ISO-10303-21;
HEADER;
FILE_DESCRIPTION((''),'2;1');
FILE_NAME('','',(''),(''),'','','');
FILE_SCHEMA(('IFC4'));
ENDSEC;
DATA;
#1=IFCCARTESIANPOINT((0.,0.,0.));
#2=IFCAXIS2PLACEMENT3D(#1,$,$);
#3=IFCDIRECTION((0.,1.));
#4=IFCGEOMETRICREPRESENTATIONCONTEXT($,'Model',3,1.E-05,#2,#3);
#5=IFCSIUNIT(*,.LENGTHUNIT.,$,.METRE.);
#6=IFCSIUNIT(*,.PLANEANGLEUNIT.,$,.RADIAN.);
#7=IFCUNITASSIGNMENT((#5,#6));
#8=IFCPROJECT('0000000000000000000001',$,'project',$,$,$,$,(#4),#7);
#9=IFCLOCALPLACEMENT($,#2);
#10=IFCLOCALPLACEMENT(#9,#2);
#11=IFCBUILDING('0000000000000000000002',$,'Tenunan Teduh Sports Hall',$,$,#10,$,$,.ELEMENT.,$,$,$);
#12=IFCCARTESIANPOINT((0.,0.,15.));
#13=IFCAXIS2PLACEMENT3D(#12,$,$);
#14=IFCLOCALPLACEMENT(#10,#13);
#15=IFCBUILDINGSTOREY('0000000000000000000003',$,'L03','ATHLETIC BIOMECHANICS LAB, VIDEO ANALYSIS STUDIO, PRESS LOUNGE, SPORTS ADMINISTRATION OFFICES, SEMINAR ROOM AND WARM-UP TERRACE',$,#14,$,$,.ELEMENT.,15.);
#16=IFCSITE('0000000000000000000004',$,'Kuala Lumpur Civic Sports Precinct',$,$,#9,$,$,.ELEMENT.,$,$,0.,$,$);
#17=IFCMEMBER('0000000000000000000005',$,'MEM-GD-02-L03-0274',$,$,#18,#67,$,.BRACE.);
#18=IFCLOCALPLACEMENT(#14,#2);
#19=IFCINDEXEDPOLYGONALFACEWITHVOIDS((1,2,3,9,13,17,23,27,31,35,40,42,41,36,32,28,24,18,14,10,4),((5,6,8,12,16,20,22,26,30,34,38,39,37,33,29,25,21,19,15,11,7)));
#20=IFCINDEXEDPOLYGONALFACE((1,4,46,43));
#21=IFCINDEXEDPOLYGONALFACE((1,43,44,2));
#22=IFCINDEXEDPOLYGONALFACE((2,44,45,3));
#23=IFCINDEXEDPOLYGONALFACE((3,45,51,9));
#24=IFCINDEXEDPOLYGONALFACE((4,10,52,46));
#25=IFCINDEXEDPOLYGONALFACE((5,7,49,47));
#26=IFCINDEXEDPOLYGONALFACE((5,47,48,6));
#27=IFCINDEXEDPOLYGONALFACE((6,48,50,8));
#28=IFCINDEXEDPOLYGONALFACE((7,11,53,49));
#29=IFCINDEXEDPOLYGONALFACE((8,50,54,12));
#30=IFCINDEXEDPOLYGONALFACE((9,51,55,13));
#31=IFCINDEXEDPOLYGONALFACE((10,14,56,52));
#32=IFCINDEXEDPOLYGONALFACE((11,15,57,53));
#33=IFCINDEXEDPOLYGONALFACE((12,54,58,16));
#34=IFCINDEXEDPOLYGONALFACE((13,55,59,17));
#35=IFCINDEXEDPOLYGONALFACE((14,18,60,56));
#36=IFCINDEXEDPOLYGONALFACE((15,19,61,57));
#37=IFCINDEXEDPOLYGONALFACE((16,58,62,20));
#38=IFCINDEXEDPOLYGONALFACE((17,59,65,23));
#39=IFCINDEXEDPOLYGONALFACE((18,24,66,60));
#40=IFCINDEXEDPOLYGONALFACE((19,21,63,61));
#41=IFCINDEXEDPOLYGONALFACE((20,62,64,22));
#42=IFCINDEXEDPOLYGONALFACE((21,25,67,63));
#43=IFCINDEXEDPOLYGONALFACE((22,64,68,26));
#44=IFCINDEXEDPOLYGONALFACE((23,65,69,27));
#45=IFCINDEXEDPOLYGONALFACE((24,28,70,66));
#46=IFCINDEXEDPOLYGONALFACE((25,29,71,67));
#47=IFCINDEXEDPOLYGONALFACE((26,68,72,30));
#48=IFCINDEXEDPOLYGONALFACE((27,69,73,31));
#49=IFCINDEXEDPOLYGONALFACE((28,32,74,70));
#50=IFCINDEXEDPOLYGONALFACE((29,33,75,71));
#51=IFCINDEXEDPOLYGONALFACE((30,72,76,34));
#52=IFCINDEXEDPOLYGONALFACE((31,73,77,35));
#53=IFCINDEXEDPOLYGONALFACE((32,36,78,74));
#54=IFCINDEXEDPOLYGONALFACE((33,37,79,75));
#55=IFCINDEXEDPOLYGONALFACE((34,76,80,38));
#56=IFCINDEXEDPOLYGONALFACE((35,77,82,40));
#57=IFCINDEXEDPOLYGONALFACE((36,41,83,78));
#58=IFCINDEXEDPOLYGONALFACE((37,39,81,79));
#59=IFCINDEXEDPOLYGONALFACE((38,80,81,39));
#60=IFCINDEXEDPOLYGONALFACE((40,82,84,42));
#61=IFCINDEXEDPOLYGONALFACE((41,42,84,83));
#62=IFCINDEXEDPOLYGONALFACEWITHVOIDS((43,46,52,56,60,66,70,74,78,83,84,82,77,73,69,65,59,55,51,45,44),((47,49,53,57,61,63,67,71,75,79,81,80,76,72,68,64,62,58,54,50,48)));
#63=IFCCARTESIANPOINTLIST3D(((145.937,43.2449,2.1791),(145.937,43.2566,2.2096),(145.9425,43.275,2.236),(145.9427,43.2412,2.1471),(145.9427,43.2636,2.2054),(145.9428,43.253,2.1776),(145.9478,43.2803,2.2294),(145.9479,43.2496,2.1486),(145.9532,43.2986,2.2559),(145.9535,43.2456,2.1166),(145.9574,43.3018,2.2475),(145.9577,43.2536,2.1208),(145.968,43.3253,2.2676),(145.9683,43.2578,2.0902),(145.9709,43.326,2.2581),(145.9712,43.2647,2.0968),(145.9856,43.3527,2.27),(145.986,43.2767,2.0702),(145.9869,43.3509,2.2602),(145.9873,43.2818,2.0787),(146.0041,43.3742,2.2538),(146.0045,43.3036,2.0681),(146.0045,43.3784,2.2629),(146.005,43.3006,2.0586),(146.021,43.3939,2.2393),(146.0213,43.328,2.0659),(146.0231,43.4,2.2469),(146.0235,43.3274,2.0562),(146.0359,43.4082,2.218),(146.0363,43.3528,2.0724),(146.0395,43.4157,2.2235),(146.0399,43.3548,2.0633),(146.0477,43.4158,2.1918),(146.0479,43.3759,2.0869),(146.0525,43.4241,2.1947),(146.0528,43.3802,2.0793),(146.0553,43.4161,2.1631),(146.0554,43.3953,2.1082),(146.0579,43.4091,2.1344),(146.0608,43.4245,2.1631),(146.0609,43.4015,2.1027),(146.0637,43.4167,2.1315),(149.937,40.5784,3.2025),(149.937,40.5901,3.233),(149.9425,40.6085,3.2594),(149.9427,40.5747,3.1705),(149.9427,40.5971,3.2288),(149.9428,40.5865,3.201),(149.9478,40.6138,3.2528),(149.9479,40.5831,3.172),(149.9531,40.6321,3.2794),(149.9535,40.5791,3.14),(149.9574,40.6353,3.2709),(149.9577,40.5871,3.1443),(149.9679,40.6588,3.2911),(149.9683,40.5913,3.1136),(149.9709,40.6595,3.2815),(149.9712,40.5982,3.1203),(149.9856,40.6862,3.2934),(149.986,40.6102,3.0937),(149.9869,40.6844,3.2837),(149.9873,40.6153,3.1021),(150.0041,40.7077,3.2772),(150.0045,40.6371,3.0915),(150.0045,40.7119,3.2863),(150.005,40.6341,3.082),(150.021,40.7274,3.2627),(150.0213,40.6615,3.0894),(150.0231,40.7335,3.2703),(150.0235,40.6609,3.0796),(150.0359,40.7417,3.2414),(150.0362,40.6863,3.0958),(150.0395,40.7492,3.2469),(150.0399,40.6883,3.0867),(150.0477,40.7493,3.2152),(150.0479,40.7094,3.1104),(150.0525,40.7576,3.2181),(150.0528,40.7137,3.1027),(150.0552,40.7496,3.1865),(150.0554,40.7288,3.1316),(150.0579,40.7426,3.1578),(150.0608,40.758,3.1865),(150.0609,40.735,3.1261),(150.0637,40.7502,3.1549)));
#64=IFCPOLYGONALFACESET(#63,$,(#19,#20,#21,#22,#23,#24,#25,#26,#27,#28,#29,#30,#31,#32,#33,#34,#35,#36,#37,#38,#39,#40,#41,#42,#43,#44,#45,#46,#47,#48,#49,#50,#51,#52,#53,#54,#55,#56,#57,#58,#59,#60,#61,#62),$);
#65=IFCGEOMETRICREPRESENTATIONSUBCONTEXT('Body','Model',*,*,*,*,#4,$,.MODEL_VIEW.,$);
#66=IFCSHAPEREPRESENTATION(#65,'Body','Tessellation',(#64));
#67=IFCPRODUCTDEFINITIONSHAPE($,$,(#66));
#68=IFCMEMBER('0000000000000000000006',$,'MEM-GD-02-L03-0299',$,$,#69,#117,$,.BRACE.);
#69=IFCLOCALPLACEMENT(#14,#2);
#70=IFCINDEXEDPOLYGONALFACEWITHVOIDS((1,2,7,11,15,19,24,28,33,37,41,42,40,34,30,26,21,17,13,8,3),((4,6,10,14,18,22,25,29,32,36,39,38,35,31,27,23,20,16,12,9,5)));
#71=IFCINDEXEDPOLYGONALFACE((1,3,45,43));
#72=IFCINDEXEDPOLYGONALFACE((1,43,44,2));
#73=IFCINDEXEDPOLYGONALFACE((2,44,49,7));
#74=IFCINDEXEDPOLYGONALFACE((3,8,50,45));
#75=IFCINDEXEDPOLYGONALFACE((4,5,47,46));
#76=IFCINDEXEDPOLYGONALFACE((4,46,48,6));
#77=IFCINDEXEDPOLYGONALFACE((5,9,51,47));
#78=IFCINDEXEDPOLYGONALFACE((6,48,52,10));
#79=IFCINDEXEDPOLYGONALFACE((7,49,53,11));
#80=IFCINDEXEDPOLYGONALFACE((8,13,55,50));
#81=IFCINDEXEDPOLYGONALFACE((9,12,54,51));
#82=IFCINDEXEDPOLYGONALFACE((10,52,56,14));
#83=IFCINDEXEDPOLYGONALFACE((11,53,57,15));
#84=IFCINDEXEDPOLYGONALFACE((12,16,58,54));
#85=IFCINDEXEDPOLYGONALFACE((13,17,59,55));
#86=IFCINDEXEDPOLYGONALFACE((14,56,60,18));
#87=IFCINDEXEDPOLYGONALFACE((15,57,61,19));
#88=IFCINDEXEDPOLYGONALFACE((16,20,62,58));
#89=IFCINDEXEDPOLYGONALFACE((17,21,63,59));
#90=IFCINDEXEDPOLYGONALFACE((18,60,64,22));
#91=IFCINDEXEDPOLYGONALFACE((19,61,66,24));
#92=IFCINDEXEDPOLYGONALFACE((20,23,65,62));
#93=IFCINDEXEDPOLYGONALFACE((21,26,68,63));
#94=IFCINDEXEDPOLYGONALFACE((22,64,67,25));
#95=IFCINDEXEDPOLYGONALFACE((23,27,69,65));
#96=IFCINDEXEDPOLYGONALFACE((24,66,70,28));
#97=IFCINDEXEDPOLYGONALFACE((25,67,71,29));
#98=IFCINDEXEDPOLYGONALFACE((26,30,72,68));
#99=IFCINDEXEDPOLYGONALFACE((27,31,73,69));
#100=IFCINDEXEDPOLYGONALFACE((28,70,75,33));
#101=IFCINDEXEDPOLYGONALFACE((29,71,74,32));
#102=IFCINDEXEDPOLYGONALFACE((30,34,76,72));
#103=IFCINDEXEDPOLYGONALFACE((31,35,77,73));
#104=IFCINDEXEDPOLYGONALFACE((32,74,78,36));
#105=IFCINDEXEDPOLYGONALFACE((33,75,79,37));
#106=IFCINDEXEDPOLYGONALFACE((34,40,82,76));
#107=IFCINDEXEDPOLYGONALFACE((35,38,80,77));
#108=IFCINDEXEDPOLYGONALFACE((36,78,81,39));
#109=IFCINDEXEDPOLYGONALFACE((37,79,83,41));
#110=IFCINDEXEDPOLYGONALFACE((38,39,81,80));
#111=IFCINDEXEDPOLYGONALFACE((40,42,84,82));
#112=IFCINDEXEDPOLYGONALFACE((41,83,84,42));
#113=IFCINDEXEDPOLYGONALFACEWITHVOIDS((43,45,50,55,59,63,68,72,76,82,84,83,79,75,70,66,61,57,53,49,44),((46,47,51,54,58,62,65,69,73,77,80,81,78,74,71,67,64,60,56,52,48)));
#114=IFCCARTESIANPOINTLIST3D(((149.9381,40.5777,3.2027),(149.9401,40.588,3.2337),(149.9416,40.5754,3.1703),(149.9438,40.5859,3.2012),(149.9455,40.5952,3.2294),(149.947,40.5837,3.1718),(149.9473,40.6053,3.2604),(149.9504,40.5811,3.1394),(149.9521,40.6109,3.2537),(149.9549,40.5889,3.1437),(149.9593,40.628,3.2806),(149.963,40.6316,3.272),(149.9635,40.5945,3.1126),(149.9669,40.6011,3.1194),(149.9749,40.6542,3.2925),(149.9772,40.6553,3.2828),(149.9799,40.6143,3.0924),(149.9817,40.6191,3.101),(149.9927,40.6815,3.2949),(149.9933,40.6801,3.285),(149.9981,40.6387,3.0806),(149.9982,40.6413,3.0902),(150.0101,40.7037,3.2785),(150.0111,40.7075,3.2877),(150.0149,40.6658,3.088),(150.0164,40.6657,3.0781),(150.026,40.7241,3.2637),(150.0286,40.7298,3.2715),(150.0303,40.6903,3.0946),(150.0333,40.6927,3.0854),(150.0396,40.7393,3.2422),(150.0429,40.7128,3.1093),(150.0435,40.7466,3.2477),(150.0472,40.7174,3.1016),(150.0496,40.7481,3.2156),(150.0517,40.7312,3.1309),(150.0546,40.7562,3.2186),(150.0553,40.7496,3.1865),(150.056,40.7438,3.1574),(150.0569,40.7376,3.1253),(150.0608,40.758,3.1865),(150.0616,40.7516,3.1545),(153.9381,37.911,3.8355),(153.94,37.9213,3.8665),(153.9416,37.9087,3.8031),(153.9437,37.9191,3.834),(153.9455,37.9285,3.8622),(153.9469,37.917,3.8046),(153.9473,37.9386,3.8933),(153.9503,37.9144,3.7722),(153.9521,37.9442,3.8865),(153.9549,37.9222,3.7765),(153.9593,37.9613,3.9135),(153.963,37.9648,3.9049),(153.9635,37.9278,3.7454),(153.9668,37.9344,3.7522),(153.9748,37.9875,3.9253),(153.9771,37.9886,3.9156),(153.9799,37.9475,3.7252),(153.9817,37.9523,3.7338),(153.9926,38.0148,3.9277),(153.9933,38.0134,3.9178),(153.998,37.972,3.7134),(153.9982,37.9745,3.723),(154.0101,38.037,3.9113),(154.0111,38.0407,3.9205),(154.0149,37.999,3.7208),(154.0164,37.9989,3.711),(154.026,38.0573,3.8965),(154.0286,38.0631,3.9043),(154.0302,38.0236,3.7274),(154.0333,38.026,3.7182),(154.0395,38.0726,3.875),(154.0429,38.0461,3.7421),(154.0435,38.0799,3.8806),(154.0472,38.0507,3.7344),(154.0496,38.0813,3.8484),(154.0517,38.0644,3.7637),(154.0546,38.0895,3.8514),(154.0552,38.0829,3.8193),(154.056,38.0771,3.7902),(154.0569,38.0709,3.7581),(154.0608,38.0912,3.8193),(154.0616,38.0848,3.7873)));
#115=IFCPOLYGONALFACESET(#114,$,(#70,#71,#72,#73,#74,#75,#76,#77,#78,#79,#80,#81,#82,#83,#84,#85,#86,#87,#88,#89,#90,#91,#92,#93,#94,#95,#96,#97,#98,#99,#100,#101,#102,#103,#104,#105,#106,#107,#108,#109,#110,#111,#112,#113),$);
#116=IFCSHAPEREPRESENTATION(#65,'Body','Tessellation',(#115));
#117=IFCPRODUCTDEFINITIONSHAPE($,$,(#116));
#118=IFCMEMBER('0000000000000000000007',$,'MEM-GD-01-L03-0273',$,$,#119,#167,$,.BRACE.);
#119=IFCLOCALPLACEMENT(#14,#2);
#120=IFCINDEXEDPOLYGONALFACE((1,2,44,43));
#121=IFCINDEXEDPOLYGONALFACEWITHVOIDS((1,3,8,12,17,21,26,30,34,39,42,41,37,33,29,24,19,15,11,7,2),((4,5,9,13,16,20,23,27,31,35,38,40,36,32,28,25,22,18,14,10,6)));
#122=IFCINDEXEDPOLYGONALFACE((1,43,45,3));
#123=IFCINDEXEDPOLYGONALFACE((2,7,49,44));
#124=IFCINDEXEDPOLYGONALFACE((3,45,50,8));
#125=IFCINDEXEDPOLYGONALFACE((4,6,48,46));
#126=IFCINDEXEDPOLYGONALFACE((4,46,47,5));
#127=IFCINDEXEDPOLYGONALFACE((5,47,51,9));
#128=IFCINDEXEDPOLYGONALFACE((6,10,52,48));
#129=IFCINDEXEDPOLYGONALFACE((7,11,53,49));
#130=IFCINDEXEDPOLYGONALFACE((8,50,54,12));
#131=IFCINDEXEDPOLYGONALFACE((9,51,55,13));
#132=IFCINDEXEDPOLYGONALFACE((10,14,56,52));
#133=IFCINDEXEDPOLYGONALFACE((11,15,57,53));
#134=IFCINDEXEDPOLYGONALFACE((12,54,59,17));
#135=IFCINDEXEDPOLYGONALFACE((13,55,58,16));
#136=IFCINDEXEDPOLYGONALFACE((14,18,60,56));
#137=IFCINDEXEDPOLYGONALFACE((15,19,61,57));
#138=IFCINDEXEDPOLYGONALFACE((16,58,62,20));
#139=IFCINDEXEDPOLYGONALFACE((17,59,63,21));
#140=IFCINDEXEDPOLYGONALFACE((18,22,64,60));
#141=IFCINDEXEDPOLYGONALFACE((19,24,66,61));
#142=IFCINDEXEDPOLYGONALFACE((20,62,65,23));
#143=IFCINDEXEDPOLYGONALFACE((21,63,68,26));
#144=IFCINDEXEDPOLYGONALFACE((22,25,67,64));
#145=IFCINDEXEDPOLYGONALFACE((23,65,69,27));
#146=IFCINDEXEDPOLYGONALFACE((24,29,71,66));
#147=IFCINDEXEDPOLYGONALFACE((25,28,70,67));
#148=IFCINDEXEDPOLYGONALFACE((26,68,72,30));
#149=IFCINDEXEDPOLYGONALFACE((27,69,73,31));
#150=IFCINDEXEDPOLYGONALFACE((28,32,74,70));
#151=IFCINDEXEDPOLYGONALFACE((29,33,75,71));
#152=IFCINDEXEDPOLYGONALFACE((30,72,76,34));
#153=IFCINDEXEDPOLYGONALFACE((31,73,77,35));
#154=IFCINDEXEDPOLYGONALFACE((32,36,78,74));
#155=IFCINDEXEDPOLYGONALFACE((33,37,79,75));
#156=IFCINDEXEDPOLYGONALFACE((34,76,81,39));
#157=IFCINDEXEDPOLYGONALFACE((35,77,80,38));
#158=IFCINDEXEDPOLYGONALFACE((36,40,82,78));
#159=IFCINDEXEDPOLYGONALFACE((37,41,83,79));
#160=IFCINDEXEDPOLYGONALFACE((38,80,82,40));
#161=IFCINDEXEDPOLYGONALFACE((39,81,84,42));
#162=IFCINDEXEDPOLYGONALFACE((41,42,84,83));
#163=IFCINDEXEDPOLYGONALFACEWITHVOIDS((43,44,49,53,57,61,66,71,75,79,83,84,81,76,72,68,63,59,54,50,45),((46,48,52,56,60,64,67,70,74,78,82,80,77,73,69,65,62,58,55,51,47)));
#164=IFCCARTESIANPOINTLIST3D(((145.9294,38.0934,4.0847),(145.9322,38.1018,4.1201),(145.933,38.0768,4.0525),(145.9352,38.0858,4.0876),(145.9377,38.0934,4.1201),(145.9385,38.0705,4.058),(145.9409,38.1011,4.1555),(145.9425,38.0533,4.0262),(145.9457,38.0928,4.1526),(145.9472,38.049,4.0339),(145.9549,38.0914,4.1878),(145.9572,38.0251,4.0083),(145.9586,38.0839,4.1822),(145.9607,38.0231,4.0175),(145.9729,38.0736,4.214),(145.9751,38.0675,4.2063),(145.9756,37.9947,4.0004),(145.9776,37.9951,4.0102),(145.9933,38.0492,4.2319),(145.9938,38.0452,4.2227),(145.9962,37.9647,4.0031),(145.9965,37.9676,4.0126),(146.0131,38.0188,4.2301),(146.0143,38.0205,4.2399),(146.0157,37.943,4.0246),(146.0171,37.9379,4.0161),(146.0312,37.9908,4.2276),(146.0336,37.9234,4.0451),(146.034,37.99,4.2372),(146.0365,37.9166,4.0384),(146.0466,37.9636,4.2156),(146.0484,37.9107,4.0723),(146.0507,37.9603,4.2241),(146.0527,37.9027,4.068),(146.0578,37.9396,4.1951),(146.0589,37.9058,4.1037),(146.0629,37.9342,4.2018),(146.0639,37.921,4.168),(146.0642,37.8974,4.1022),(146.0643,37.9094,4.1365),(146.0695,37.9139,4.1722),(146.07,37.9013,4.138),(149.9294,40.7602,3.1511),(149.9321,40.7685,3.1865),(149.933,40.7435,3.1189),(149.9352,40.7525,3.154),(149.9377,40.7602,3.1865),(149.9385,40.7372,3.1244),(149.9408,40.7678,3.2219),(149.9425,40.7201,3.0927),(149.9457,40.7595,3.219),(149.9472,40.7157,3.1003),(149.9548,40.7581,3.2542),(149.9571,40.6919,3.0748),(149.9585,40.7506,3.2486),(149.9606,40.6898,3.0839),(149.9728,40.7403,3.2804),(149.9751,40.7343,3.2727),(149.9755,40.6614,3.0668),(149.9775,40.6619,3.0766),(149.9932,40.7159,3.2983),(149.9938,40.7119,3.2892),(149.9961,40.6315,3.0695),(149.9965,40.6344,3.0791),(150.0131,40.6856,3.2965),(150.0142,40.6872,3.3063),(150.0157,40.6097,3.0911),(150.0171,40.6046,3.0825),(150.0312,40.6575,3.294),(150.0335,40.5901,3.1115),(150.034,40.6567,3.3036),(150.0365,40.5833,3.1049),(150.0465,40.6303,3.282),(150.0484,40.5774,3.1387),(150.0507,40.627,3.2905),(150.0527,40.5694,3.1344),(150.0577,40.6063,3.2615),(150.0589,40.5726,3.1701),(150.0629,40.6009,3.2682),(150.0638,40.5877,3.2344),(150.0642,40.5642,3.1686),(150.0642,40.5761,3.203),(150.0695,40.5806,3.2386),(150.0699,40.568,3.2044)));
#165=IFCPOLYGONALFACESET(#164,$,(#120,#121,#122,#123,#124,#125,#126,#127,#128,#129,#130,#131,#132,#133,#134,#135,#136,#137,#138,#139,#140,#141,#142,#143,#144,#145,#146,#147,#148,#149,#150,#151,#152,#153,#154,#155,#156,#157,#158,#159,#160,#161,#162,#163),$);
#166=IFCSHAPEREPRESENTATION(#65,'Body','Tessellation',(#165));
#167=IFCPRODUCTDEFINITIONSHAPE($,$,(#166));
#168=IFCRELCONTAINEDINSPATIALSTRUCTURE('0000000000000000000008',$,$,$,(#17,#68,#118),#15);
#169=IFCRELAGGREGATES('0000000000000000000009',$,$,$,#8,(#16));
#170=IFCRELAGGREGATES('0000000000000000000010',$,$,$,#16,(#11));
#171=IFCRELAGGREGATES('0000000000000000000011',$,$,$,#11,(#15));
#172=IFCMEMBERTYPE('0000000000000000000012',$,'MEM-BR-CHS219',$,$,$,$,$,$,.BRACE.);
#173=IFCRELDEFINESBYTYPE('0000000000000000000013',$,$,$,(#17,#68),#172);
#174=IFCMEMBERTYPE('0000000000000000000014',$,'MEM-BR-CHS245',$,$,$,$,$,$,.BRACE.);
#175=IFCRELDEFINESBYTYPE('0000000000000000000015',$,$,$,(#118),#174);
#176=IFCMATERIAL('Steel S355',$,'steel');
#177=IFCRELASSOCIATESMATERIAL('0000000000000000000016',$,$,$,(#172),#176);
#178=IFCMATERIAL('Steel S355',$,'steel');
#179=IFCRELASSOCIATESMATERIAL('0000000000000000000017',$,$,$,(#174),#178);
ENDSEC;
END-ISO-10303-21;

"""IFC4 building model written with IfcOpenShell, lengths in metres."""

from ifc_helpers import new_model, si_unit, direction, frame, origin, origin_2d, place, context, subcontext, project, spatial, hollow_circle, extrude, material, material_profile, profile_set, type_object, element, save


model = new_model("IFC4")

# Units and contexts
model_context = context("Model", 3, precision=1e-05, world=origin(), true_north=direction((0.0, 1.0)))
body_context = subcontext(model_context, "Body", "Model", "MODEL_VIEW")
ifc_project = project(units=[si_unit("LENGTHUNIT", "METRE"), si_unit("PLANEANGLEUNIT", "RADIAN")], contexts=[model_context])

# Site, building, storey
site_placement = place(None, origin())
site = spatial("IfcSite", under=ifc_project, at=site_placement, Name="Kuala Lumpur Civic Sports Precinct", CompositionType="ELEMENT", RefElevation=0.0)
building_placement = place(site_placement, origin())
building = spatial("IfcBuilding", under=site, at=building_placement, Name="Tenunan Teduh Sports Hall", CompositionType="ELEMENT")
storey_placement = place(building_placement, frame((0.0, 0.0, 15.0)))
storey = spatial("IfcBuildingStorey", under=building, at=storey_placement, Name="L03", Description="ATHLETIC BIOMECHANICS LAB, VIDEO ANALYSIS STUDIO, PRESS LOUNGE, SPORTS ADMINISTRATION OFFICES, SEMINAR ROOM AND WARM-UP TERRACE", CompositionType="ELEMENT", Elevation=15.0)

# Members
ifc_material_1 = material(Name="Steel S355", Category="steel")
ifc_material_profile_1 = material_profile(ifc_material_1, hollow_circle(Radius=0.1096, WallThickness=0.01, at=origin_2d()), Name="CHS 219.1x10.0")
ifc_profile_set_1 = profile_set([ifc_material_profile_1], Name="Steel S355")
member_type_1 = type_object("IfcMemberType", Name="MEM-BR-CHS219", PredefinedType="BRACE", material=ifc_profile_set_1)
member_1_placement = place(storey_placement, frame((146.0, 43.3333, 2.1631), z_axis=(0.813828, -0.542519, 0.208225), x_axis=(0.554677, 0.832066, 0.0)))
element("IfcMember", 1, at=member_1_placement, inside=storey, type_object=member_type_1, Name="MEM-GD-02-L03-0274", PredefinedType="BRACE", context=body_context, shape_type="SweptSolid", body=[
    extrude(hollow_circle(Radius=0.1096, WallThickness=0.01, at=origin_2d()), origin(), (0.0, 0.0, 1.0), 4.915),
])
member_2_placement = place(storey_placement, frame((150.0, 40.6667, 3.1865), z_axis=(0.824926, -0.549968, 0.130506), x_axis=(0.554712, 0.832042, 0.0)))
element("IfcMember", 2, at=member_2_placement, inside=storey, type_object=member_type_1, Name="MEM-GD-02-L03-0299", PredefinedType="BRACE", context=body_context, shape_type="SweptSolid", body=[
    extrude(hollow_circle(Radius=0.1096, WallThickness=0.01, at=origin_2d()), origin(), (0.0, 0.0, 1.0), 4.8489),
])
ifc_material_2 = material(Name="Steel S355", Category="steel")
ifc_material_profile_2 = material_profile(ifc_material_2, hollow_circle(Radius=0.1223, WallThickness=0.01, at=origin_2d()), Name="CHS 244.5x10.0")
ifc_profile_set_2 = profile_set([ifc_material_profile_2], Name="Steel S355")
member_type_2 = type_object("IfcMemberType", Name="MEM-BR-CHS245", PredefinedType="BRACE", material=ifc_profile_set_2)
member_3_placement = place(storey_placement, frame((146.0, 38.0, 4.1201), z_axis=(0.816783, 0.544539, -0.190636), x_axis=(-0.554712, 0.832042, 0.0)))
element("IfcMember", 3, at=member_3_placement, inside=storey, type_object=member_type_2, Name="MEM-GD-01-L03-0273", PredefinedType="BRACE", context=body_context, shape_type="SweptSolid", body=[
    extrude(hollow_circle(Radius=0.1223, WallThickness=0.01, at=origin_2d()), origin(), (0.0, 0.0, 1.0), 4.8972),
])

save(model, "model.ifc")
